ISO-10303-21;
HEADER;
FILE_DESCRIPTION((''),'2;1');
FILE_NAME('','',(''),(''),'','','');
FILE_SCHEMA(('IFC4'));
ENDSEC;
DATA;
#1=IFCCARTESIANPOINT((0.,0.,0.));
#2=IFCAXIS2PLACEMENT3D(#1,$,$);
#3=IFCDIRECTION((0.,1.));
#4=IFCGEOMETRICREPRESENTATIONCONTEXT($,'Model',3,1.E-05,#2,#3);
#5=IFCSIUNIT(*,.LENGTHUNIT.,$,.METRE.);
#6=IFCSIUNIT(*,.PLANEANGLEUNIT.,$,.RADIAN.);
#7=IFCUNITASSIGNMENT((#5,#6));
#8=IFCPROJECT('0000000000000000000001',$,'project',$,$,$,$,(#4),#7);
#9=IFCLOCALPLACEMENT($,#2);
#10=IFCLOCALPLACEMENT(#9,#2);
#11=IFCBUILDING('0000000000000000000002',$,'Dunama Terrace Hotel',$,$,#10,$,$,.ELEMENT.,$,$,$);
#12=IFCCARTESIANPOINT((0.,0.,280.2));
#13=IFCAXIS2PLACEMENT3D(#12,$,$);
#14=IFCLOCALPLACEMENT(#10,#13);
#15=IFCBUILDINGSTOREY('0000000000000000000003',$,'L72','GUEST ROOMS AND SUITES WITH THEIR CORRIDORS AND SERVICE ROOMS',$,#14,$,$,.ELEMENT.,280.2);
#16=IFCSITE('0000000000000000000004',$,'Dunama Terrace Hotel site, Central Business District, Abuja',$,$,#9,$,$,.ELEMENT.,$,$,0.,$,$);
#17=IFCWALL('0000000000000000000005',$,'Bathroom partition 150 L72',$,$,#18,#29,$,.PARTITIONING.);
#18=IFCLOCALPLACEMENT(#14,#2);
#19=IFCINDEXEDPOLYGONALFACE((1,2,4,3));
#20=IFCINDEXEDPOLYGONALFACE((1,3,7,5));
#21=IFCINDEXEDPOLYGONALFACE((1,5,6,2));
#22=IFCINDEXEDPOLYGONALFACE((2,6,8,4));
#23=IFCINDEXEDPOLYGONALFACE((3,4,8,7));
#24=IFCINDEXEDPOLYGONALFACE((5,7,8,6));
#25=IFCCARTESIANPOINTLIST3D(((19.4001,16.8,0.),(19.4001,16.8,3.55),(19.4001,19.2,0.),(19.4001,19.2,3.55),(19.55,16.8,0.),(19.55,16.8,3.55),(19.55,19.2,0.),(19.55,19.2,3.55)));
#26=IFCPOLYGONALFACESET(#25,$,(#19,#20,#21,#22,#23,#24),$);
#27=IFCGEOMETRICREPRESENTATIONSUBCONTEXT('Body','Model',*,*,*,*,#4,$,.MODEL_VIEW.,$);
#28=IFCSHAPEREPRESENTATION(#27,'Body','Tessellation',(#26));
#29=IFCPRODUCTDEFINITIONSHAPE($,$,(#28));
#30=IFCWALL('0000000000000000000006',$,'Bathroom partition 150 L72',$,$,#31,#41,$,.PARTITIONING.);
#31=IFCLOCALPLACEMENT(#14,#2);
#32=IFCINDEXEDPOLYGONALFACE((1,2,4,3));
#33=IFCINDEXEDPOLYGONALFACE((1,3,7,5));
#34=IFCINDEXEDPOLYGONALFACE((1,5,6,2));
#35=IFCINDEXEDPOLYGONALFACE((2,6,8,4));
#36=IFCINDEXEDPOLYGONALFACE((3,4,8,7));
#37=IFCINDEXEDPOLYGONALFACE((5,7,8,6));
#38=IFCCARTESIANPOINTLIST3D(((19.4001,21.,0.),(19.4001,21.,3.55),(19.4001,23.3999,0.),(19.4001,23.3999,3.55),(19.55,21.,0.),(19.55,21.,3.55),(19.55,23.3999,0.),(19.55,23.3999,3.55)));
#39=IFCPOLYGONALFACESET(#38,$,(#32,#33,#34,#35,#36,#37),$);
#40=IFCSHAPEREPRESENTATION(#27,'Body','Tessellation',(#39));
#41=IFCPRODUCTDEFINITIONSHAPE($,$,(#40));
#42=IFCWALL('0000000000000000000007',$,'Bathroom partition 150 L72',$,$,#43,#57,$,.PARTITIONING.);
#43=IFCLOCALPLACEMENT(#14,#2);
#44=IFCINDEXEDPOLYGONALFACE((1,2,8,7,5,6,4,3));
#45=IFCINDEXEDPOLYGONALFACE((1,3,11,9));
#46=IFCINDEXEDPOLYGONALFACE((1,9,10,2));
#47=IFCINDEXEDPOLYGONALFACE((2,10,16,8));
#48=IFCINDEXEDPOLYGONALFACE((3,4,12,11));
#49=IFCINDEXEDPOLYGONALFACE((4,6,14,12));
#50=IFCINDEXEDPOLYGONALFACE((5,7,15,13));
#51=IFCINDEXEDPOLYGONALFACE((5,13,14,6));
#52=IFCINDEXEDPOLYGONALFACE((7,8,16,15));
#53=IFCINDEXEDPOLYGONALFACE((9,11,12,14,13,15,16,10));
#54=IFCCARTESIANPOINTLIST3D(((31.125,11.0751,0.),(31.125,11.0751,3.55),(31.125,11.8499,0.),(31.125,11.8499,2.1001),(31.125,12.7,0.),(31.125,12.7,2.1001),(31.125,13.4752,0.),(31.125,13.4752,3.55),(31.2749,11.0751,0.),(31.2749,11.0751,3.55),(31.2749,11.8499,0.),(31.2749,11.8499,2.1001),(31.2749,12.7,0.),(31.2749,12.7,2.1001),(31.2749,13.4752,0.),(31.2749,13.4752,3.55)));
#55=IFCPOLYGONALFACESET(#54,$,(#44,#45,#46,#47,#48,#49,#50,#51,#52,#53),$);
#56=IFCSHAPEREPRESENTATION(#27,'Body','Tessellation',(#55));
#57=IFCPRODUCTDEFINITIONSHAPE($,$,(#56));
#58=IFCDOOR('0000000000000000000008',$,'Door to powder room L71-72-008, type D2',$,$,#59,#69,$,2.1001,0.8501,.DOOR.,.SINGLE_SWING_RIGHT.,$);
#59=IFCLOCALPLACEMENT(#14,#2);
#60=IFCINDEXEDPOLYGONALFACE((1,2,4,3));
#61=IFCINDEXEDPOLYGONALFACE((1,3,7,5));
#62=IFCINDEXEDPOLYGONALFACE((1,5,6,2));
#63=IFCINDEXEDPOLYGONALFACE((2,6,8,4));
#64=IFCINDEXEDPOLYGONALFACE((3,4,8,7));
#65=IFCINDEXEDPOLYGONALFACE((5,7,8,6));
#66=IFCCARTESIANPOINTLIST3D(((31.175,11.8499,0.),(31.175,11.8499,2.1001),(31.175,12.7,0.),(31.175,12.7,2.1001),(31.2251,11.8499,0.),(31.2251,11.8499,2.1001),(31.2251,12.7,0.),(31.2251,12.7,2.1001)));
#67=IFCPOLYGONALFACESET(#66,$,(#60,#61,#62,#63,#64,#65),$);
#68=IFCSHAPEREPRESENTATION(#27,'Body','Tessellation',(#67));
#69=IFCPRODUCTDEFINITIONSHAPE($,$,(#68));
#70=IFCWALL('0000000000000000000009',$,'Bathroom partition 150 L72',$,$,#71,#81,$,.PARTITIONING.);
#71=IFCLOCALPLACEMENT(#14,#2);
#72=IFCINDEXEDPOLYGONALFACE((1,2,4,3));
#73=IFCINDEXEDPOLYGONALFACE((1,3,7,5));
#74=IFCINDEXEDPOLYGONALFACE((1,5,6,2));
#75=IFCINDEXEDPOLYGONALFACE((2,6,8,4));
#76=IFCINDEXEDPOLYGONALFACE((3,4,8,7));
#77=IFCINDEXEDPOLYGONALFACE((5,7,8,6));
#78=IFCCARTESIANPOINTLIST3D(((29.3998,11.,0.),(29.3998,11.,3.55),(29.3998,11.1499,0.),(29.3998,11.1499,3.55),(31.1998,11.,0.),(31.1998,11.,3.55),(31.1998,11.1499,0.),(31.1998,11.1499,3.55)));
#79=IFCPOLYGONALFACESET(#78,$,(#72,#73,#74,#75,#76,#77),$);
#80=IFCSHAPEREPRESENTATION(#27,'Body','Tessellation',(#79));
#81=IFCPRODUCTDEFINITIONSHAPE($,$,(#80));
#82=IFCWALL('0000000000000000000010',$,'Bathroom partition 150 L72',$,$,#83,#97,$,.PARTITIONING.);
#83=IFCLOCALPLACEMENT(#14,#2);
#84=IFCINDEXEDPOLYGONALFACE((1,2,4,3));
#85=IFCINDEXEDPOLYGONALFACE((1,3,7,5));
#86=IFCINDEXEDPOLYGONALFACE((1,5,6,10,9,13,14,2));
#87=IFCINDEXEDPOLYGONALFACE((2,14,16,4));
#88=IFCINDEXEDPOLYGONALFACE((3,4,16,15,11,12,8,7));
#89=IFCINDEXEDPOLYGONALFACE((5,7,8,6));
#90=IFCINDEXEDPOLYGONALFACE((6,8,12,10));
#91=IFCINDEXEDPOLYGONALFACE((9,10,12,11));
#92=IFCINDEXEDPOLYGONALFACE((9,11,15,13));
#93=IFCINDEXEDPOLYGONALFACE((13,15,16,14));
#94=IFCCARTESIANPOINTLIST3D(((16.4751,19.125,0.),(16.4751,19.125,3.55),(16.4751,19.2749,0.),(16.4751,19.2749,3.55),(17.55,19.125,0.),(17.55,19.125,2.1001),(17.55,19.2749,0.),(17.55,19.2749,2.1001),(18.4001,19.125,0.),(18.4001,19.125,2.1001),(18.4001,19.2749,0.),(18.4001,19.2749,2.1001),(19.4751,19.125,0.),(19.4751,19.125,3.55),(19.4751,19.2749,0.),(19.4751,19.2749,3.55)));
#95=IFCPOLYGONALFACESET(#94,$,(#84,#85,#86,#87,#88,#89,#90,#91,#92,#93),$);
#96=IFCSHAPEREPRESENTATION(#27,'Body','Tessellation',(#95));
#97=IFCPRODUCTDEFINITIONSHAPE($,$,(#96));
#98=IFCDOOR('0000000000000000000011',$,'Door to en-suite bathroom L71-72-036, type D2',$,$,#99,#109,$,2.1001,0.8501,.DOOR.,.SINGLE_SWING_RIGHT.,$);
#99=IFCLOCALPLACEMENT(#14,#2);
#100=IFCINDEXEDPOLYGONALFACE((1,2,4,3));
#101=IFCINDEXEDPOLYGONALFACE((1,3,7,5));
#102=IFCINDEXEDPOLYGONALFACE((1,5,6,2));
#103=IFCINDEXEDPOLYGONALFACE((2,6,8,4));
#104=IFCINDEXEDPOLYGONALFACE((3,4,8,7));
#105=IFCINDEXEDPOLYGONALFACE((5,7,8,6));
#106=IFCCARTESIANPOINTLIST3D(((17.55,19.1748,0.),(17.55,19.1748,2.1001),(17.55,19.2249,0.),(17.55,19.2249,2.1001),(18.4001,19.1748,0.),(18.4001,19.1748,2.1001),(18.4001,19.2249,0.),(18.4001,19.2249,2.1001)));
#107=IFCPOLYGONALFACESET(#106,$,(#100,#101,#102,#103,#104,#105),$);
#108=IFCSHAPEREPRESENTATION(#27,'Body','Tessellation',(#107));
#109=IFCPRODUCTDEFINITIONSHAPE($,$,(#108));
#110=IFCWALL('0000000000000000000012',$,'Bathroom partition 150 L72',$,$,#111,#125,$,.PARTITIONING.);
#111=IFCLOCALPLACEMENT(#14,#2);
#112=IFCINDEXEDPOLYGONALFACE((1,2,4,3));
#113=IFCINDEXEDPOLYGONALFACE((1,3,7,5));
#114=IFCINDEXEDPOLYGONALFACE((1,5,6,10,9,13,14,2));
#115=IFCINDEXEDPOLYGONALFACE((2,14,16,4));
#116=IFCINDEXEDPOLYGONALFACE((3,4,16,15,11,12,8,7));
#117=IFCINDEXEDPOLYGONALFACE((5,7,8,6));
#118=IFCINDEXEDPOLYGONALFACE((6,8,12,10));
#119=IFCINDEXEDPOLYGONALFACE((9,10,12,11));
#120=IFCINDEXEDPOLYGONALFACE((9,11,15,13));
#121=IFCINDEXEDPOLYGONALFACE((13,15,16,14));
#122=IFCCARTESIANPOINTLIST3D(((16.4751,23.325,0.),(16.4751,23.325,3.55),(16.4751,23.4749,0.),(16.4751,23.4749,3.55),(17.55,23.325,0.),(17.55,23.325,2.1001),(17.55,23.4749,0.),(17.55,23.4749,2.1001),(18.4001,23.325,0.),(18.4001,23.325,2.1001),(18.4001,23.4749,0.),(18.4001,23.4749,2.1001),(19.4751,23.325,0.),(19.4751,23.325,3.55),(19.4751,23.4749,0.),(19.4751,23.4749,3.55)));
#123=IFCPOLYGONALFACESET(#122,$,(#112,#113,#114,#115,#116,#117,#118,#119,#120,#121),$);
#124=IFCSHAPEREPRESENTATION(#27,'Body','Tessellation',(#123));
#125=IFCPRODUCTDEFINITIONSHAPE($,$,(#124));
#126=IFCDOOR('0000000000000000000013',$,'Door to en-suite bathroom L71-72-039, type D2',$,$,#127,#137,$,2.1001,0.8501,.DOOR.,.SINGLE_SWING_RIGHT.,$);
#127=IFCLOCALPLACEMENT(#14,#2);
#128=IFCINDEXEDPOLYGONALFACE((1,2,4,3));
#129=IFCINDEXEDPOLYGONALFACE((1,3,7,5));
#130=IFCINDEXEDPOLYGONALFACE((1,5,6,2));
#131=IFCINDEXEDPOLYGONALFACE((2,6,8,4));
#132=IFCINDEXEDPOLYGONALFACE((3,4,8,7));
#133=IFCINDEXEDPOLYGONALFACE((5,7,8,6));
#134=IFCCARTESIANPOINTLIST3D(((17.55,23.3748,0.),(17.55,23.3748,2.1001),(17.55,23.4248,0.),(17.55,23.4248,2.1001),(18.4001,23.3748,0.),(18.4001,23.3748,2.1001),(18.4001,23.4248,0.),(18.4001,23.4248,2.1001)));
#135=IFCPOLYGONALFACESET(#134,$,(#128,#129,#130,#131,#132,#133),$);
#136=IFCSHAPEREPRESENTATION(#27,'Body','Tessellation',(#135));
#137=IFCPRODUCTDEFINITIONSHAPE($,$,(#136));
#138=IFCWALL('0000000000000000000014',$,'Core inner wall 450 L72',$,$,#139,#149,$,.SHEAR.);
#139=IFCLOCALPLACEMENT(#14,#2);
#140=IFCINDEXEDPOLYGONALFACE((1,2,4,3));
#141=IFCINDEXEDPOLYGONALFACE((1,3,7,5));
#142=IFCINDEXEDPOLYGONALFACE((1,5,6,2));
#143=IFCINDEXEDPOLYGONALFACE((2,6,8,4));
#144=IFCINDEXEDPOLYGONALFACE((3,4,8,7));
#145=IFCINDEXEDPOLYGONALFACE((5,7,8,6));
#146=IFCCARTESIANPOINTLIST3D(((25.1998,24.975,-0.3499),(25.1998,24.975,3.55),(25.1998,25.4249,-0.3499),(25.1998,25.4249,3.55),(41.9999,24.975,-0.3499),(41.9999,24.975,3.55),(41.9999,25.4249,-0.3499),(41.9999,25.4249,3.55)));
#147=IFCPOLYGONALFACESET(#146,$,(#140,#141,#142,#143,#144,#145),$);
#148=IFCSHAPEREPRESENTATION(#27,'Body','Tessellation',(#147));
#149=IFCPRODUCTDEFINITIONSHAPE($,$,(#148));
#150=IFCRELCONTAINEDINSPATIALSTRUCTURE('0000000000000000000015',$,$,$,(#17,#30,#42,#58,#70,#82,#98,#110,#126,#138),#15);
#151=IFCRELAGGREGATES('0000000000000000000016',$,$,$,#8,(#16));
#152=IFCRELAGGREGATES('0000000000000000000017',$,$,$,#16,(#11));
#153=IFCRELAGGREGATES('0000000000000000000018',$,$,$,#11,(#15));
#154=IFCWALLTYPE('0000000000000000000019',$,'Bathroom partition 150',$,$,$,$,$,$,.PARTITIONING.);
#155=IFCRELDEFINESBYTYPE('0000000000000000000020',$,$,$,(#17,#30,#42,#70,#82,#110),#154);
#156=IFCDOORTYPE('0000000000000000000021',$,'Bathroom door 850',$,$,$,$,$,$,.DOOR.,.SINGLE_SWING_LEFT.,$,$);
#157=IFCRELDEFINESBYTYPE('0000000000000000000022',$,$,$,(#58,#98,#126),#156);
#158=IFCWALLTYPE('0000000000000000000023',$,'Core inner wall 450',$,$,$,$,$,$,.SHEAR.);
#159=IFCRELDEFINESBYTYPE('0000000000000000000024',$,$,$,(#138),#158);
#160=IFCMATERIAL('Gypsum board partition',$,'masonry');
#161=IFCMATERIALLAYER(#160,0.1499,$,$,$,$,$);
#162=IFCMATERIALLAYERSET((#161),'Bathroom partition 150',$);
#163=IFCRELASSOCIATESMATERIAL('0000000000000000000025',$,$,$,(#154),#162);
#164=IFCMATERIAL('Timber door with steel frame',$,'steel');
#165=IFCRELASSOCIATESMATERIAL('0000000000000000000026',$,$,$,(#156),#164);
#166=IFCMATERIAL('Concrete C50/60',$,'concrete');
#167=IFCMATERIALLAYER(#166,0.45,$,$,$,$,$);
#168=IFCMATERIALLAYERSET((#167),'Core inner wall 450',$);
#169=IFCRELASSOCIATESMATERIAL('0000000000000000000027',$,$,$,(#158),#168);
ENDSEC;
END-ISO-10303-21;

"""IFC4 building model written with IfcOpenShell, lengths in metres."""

from ifc_helpers import new_model, si_unit, direction, frame, frame_2d, origin, place, context, subcontext, project, spatial, rectangle, extrude, material, layer, layer_set, type_object, element, fill, save


model = new_model("IFC4")

# Units and contexts
model_context = context("Model", 3, precision=1e-05, world=origin(), true_north=direction((0.0, 1.0)))
body_context = subcontext(model_context, "Body", "Model", "MODEL_VIEW")
ifc_project = project(units=[si_unit("LENGTHUNIT", "METRE"), si_unit("PLANEANGLEUNIT", "RADIAN")], contexts=[model_context])

# Site, building, storey
site_placement = place(None, origin())
site = spatial("IfcSite", under=ifc_project, at=site_placement, Name="Dunama Terrace Hotel site, Central Business District, Abuja", CompositionType="ELEMENT", RefElevation=0.0)
building_placement = place(site_placement, origin())
building = spatial("IfcBuilding", under=site, at=building_placement, Name="Dunama Terrace Hotel", CompositionType="ELEMENT")
storey_placement = place(building_placement, frame((0.0, 0.0, 280.2)))
storey = spatial("IfcBuildingStorey", under=building, at=storey_placement, Name="L72", Description="GUEST ROOMS AND SUITES WITH THEIR CORRIDORS AND SERVICE ROOMS", CompositionType="ELEMENT", Elevation=280.2)

# Walls
ifc_material_1 = material(Name="Gypsum board partition", Category="masonry")
ifc_layer_1 = layer(ifc_material_1, 0.1499)
ifc_layer_set_1 = layer_set([ifc_layer_1], Name="Bathroom partition 150")
wall_type_1 = type_object("IfcWallType", Name="Bathroom partition 150", PredefinedType="PARTITIONING", material=ifc_layer_set_1)
for number, where, z_axis, x_axis, name in (
    (1, (19.4751, 16.8, 0.0), (0.0, 0.0, 1.0), (0.0, 1.0, 0.0), "Bathroom partition 150 L72"),
    (2, (19.4751, 21.0, 0.0), (0.0, 0.0, 1.0), (0.0, 1.0, 0.0), "Bathroom partition 150 L72"),
):
    element("IfcWall", number, at=place(storey_placement, frame(where, z_axis=z_axis, x_axis=x_axis)), inside=storey, type_object=wall_type_1, Name=name, PredefinedType="PARTITIONING", context=body_context, shape_type="SweptSolid", body=[
        extrude(rectangle(XDim=2.3999, YDim=0.1499, at=frame_2d((1.2, 0.0))), origin(), (0.0, 0.0, 1.0), 3.55),
    ])

# Wall, opening, door
wall_1_placement = place(storey_placement, frame((31.2, 11.075, 0.0), z_axis=(0.0, 0.0, 1.0), x_axis=(0.0, 1.0, 0.0)))
wall_1 = element("IfcWall", 3, at=wall_1_placement, inside=storey, type_object=wall_type_1, Name="Bathroom partition 150 L72", PredefinedType="PARTITIONING", context=body_context, shape_type="SweptSolid", body=[
    extrude(rectangle(XDim=2.4001, YDim=0.1499, at=frame_2d((1.2002, 0.0))), origin(), (0.0, 0.0, 1.0), 3.55),
])
opening_1_placement = place(wall_1_placement, frame((0.7749, 0.0, 0.0)))
opening_1 = element("IfcOpeningElement", 4, at=opening_1_placement, cuts=wall_1, PredefinedType="OPENING", context=body_context, shape_type="SweptSolid", body=[
    extrude(rectangle(XDim=0.8501, YDim=2.1001, at=frame_2d((0.425, 1.05))), frame((0.0, 0.085, 0.0), z_axis=(0.0, -1.0, 0.0), x_axis=(1.0, 0.0, 0.0)), (0.0, 0.0, 1.0), 0.1699),
])
ifc_material_2 = material(Name="Timber door with steel frame", Category="steel")
door_type_1 = type_object("IfcDoorType", Name="Bathroom door 850", OperationType="SINGLE_SWING_LEFT", PredefinedType="DOOR", material=ifc_material_2)
door_1_placement = place(opening_1_placement, origin())
door_1 = element("IfcDoor", 5, at=door_1_placement, inside=storey, type_object=door_type_1, Name="Door to powder room L71-72-008, type D2", OperationType="SINGLE_SWING_RIGHT", OverallHeight=2.1001, OverallWidth=0.8501, PredefinedType="DOOR", context=body_context, shape_type="SweptSolid", body=[
    extrude(rectangle(XDim=0.8501, YDim=2.1001, at=frame_2d((0.425, 1.05))), frame((0.0, 0.0249, 0.0), z_axis=(0.0, -1.0, 0.0), x_axis=(1.0, 0.0, 0.0)), (0.0, 0.0, 1.0), 0.05),
])
fill(opening_1, door_1)

# Wall
wall_2_placement = place(storey_placement, frame((29.3999, 11.075, 0.0), z_axis=(0.0, 0.0, 1.0), x_axis=(1.0, 0.0, 0.0)))
element("IfcWall", 6, at=wall_2_placement, inside=storey, type_object=wall_type_1, Name="Bathroom partition 150 L72", PredefinedType="PARTITIONING", context=body_context, shape_type="SweptSolid", body=[
    extrude(rectangle(XDim=1.8, YDim=0.1499, at=frame_2d((0.8999, 0.0))), origin(), (0.0, 0.0, 1.0), 3.55),
])

# Walls, openings, doors
wall_3_placement = place(storey_placement, frame((16.4751, 19.2, 0.0), z_axis=(0.0, 0.0, 1.0), x_axis=(1.0, 0.0, 0.0)))
wall_3 = element("IfcWall", 7, at=wall_3_placement, inside=storey, type_object=wall_type_1, Name="Bathroom partition 150 L72", PredefinedType="PARTITIONING", context=body_context, shape_type="SweptSolid", body=[
    extrude(rectangle(XDim=3.0, YDim=0.1499, at=frame_2d((1.5, 0.0))), origin(), (0.0, 0.0, 1.0), 3.55),
])
opening_2_placement = place(wall_3_placement, frame((1.075, 0.0, 0.0)))
opening_2 = element("IfcOpeningElement", 8, at=opening_2_placement, cuts=wall_3, PredefinedType="OPENING", context=body_context, shape_type="SweptSolid", body=[
    extrude(rectangle(XDim=0.8501, YDim=2.1001, at=frame_2d((0.425, 1.05))), frame((0.0, 0.085, 0.0), z_axis=(0.0, -1.0, 0.0), x_axis=(1.0, 0.0, 0.0)), (0.0, 0.0, 1.0), 0.1699),
])
door_2_placement = place(opening_2_placement, frame((0.8501, 0.0, 0.0), z_axis=(0.0, 0.0, 1.0), x_axis=(-1.0, 0.0, 0.0)))
door_2 = element("IfcDoor", 9, at=door_2_placement, inside=storey, type_object=door_type_1, Name="Door to en-suite bathroom L71-72-036, type D2", OperationType="SINGLE_SWING_RIGHT", OverallHeight=2.1001, OverallWidth=0.8501, PredefinedType="DOOR", context=body_context, shape_type="SweptSolid", body=[
    extrude(rectangle(XDim=0.8501, YDim=2.1001, at=frame_2d((0.425, 1.05))), frame((0.0, 0.0251, 0.0), z_axis=(0.0, -1.0, 0.0), x_axis=(1.0, 0.0, 0.0)), (0.0, 0.0, 1.0), 0.05),
])
fill(opening_2, door_2)
wall_4_placement = place(storey_placement, frame((16.4751, 23.3999, 0.0), z_axis=(0.0, 0.0, 1.0), x_axis=(1.0, 0.0, 0.0)))
wall_4 = element("IfcWall", 10, at=wall_4_placement, inside=storey, type_object=wall_type_1, Name="Bathroom partition 150 L72", PredefinedType="PARTITIONING", context=body_context, shape_type="SweptSolid", body=[
    extrude(rectangle(XDim=3.0, YDim=0.1499, at=frame_2d((1.5, 0.0))), origin(), (0.0, 0.0, 1.0), 3.55),
])
opening_3_placement = place(wall_4_placement, frame((1.075, 0.0, 0.0)))
opening_3 = element("IfcOpeningElement", 11, at=opening_3_placement, cuts=wall_4, PredefinedType="OPENING", context=body_context, shape_type="SweptSolid", body=[
    extrude(rectangle(XDim=0.8501, YDim=2.1001, at=frame_2d((0.425, 1.05))), frame((0.0, 0.085, 0.0), z_axis=(0.0, -1.0, 0.0), x_axis=(1.0, 0.0, 0.0)), (0.0, 0.0, 1.0), 0.1699),
])
door_3_placement = place(opening_3_placement, frame((0.8501, 0.0, 0.0), z_axis=(0.0, 0.0, 1.0), x_axis=(-1.0, 0.0, 0.0)))
door_3 = element("IfcDoor", 12, at=door_3_placement, inside=storey, type_object=door_type_1, Name="Door to en-suite bathroom L71-72-039, type D2", OperationType="SINGLE_SWING_RIGHT", OverallHeight=2.1001, OverallWidth=0.8501, PredefinedType="DOOR", context=body_context, shape_type="SweptSolid", body=[
    extrude(rectangle(XDim=0.8501, YDim=2.1001, at=frame_2d((0.425, 1.05))), frame((0.0, 0.0251, 0.0), z_axis=(0.0, -1.0, 0.0), x_axis=(1.0, 0.0, 0.0)), (0.0, 0.0, 1.0), 0.05),
])
fill(opening_3, door_3)

# Wall
ifc_material_3 = material(Name="Concrete C50/60", Category="concrete")
ifc_layer_2 = layer(ifc_material_3, 0.45)
ifc_layer_set_2 = layer_set([ifc_layer_2], Name="Core inner wall 450")
wall_type_2 = type_object("IfcWallType", Name="Core inner wall 450", PredefinedType="SHEAR", material=ifc_layer_set_2)
wall_5_placement = place(storey_placement, frame((25.2, 25.2, -0.3499), z_axis=(0.0, 0.0, 1.0), x_axis=(1.0, 0.0, 0.0)))
element("IfcWall", 13, at=wall_5_placement, inside=storey, type_object=wall_type_2, Name="Core inner wall 450 L72", PredefinedType="SHEAR", context=body_context, shape_type="SweptSolid", body=[
    extrude(rectangle(XDim=16.8, YDim=0.45, at=frame_2d((8.3999, 0.0))), origin(), (0.0, 0.0, 1.0), 3.8999),
])

save(model, "model.ifc")
